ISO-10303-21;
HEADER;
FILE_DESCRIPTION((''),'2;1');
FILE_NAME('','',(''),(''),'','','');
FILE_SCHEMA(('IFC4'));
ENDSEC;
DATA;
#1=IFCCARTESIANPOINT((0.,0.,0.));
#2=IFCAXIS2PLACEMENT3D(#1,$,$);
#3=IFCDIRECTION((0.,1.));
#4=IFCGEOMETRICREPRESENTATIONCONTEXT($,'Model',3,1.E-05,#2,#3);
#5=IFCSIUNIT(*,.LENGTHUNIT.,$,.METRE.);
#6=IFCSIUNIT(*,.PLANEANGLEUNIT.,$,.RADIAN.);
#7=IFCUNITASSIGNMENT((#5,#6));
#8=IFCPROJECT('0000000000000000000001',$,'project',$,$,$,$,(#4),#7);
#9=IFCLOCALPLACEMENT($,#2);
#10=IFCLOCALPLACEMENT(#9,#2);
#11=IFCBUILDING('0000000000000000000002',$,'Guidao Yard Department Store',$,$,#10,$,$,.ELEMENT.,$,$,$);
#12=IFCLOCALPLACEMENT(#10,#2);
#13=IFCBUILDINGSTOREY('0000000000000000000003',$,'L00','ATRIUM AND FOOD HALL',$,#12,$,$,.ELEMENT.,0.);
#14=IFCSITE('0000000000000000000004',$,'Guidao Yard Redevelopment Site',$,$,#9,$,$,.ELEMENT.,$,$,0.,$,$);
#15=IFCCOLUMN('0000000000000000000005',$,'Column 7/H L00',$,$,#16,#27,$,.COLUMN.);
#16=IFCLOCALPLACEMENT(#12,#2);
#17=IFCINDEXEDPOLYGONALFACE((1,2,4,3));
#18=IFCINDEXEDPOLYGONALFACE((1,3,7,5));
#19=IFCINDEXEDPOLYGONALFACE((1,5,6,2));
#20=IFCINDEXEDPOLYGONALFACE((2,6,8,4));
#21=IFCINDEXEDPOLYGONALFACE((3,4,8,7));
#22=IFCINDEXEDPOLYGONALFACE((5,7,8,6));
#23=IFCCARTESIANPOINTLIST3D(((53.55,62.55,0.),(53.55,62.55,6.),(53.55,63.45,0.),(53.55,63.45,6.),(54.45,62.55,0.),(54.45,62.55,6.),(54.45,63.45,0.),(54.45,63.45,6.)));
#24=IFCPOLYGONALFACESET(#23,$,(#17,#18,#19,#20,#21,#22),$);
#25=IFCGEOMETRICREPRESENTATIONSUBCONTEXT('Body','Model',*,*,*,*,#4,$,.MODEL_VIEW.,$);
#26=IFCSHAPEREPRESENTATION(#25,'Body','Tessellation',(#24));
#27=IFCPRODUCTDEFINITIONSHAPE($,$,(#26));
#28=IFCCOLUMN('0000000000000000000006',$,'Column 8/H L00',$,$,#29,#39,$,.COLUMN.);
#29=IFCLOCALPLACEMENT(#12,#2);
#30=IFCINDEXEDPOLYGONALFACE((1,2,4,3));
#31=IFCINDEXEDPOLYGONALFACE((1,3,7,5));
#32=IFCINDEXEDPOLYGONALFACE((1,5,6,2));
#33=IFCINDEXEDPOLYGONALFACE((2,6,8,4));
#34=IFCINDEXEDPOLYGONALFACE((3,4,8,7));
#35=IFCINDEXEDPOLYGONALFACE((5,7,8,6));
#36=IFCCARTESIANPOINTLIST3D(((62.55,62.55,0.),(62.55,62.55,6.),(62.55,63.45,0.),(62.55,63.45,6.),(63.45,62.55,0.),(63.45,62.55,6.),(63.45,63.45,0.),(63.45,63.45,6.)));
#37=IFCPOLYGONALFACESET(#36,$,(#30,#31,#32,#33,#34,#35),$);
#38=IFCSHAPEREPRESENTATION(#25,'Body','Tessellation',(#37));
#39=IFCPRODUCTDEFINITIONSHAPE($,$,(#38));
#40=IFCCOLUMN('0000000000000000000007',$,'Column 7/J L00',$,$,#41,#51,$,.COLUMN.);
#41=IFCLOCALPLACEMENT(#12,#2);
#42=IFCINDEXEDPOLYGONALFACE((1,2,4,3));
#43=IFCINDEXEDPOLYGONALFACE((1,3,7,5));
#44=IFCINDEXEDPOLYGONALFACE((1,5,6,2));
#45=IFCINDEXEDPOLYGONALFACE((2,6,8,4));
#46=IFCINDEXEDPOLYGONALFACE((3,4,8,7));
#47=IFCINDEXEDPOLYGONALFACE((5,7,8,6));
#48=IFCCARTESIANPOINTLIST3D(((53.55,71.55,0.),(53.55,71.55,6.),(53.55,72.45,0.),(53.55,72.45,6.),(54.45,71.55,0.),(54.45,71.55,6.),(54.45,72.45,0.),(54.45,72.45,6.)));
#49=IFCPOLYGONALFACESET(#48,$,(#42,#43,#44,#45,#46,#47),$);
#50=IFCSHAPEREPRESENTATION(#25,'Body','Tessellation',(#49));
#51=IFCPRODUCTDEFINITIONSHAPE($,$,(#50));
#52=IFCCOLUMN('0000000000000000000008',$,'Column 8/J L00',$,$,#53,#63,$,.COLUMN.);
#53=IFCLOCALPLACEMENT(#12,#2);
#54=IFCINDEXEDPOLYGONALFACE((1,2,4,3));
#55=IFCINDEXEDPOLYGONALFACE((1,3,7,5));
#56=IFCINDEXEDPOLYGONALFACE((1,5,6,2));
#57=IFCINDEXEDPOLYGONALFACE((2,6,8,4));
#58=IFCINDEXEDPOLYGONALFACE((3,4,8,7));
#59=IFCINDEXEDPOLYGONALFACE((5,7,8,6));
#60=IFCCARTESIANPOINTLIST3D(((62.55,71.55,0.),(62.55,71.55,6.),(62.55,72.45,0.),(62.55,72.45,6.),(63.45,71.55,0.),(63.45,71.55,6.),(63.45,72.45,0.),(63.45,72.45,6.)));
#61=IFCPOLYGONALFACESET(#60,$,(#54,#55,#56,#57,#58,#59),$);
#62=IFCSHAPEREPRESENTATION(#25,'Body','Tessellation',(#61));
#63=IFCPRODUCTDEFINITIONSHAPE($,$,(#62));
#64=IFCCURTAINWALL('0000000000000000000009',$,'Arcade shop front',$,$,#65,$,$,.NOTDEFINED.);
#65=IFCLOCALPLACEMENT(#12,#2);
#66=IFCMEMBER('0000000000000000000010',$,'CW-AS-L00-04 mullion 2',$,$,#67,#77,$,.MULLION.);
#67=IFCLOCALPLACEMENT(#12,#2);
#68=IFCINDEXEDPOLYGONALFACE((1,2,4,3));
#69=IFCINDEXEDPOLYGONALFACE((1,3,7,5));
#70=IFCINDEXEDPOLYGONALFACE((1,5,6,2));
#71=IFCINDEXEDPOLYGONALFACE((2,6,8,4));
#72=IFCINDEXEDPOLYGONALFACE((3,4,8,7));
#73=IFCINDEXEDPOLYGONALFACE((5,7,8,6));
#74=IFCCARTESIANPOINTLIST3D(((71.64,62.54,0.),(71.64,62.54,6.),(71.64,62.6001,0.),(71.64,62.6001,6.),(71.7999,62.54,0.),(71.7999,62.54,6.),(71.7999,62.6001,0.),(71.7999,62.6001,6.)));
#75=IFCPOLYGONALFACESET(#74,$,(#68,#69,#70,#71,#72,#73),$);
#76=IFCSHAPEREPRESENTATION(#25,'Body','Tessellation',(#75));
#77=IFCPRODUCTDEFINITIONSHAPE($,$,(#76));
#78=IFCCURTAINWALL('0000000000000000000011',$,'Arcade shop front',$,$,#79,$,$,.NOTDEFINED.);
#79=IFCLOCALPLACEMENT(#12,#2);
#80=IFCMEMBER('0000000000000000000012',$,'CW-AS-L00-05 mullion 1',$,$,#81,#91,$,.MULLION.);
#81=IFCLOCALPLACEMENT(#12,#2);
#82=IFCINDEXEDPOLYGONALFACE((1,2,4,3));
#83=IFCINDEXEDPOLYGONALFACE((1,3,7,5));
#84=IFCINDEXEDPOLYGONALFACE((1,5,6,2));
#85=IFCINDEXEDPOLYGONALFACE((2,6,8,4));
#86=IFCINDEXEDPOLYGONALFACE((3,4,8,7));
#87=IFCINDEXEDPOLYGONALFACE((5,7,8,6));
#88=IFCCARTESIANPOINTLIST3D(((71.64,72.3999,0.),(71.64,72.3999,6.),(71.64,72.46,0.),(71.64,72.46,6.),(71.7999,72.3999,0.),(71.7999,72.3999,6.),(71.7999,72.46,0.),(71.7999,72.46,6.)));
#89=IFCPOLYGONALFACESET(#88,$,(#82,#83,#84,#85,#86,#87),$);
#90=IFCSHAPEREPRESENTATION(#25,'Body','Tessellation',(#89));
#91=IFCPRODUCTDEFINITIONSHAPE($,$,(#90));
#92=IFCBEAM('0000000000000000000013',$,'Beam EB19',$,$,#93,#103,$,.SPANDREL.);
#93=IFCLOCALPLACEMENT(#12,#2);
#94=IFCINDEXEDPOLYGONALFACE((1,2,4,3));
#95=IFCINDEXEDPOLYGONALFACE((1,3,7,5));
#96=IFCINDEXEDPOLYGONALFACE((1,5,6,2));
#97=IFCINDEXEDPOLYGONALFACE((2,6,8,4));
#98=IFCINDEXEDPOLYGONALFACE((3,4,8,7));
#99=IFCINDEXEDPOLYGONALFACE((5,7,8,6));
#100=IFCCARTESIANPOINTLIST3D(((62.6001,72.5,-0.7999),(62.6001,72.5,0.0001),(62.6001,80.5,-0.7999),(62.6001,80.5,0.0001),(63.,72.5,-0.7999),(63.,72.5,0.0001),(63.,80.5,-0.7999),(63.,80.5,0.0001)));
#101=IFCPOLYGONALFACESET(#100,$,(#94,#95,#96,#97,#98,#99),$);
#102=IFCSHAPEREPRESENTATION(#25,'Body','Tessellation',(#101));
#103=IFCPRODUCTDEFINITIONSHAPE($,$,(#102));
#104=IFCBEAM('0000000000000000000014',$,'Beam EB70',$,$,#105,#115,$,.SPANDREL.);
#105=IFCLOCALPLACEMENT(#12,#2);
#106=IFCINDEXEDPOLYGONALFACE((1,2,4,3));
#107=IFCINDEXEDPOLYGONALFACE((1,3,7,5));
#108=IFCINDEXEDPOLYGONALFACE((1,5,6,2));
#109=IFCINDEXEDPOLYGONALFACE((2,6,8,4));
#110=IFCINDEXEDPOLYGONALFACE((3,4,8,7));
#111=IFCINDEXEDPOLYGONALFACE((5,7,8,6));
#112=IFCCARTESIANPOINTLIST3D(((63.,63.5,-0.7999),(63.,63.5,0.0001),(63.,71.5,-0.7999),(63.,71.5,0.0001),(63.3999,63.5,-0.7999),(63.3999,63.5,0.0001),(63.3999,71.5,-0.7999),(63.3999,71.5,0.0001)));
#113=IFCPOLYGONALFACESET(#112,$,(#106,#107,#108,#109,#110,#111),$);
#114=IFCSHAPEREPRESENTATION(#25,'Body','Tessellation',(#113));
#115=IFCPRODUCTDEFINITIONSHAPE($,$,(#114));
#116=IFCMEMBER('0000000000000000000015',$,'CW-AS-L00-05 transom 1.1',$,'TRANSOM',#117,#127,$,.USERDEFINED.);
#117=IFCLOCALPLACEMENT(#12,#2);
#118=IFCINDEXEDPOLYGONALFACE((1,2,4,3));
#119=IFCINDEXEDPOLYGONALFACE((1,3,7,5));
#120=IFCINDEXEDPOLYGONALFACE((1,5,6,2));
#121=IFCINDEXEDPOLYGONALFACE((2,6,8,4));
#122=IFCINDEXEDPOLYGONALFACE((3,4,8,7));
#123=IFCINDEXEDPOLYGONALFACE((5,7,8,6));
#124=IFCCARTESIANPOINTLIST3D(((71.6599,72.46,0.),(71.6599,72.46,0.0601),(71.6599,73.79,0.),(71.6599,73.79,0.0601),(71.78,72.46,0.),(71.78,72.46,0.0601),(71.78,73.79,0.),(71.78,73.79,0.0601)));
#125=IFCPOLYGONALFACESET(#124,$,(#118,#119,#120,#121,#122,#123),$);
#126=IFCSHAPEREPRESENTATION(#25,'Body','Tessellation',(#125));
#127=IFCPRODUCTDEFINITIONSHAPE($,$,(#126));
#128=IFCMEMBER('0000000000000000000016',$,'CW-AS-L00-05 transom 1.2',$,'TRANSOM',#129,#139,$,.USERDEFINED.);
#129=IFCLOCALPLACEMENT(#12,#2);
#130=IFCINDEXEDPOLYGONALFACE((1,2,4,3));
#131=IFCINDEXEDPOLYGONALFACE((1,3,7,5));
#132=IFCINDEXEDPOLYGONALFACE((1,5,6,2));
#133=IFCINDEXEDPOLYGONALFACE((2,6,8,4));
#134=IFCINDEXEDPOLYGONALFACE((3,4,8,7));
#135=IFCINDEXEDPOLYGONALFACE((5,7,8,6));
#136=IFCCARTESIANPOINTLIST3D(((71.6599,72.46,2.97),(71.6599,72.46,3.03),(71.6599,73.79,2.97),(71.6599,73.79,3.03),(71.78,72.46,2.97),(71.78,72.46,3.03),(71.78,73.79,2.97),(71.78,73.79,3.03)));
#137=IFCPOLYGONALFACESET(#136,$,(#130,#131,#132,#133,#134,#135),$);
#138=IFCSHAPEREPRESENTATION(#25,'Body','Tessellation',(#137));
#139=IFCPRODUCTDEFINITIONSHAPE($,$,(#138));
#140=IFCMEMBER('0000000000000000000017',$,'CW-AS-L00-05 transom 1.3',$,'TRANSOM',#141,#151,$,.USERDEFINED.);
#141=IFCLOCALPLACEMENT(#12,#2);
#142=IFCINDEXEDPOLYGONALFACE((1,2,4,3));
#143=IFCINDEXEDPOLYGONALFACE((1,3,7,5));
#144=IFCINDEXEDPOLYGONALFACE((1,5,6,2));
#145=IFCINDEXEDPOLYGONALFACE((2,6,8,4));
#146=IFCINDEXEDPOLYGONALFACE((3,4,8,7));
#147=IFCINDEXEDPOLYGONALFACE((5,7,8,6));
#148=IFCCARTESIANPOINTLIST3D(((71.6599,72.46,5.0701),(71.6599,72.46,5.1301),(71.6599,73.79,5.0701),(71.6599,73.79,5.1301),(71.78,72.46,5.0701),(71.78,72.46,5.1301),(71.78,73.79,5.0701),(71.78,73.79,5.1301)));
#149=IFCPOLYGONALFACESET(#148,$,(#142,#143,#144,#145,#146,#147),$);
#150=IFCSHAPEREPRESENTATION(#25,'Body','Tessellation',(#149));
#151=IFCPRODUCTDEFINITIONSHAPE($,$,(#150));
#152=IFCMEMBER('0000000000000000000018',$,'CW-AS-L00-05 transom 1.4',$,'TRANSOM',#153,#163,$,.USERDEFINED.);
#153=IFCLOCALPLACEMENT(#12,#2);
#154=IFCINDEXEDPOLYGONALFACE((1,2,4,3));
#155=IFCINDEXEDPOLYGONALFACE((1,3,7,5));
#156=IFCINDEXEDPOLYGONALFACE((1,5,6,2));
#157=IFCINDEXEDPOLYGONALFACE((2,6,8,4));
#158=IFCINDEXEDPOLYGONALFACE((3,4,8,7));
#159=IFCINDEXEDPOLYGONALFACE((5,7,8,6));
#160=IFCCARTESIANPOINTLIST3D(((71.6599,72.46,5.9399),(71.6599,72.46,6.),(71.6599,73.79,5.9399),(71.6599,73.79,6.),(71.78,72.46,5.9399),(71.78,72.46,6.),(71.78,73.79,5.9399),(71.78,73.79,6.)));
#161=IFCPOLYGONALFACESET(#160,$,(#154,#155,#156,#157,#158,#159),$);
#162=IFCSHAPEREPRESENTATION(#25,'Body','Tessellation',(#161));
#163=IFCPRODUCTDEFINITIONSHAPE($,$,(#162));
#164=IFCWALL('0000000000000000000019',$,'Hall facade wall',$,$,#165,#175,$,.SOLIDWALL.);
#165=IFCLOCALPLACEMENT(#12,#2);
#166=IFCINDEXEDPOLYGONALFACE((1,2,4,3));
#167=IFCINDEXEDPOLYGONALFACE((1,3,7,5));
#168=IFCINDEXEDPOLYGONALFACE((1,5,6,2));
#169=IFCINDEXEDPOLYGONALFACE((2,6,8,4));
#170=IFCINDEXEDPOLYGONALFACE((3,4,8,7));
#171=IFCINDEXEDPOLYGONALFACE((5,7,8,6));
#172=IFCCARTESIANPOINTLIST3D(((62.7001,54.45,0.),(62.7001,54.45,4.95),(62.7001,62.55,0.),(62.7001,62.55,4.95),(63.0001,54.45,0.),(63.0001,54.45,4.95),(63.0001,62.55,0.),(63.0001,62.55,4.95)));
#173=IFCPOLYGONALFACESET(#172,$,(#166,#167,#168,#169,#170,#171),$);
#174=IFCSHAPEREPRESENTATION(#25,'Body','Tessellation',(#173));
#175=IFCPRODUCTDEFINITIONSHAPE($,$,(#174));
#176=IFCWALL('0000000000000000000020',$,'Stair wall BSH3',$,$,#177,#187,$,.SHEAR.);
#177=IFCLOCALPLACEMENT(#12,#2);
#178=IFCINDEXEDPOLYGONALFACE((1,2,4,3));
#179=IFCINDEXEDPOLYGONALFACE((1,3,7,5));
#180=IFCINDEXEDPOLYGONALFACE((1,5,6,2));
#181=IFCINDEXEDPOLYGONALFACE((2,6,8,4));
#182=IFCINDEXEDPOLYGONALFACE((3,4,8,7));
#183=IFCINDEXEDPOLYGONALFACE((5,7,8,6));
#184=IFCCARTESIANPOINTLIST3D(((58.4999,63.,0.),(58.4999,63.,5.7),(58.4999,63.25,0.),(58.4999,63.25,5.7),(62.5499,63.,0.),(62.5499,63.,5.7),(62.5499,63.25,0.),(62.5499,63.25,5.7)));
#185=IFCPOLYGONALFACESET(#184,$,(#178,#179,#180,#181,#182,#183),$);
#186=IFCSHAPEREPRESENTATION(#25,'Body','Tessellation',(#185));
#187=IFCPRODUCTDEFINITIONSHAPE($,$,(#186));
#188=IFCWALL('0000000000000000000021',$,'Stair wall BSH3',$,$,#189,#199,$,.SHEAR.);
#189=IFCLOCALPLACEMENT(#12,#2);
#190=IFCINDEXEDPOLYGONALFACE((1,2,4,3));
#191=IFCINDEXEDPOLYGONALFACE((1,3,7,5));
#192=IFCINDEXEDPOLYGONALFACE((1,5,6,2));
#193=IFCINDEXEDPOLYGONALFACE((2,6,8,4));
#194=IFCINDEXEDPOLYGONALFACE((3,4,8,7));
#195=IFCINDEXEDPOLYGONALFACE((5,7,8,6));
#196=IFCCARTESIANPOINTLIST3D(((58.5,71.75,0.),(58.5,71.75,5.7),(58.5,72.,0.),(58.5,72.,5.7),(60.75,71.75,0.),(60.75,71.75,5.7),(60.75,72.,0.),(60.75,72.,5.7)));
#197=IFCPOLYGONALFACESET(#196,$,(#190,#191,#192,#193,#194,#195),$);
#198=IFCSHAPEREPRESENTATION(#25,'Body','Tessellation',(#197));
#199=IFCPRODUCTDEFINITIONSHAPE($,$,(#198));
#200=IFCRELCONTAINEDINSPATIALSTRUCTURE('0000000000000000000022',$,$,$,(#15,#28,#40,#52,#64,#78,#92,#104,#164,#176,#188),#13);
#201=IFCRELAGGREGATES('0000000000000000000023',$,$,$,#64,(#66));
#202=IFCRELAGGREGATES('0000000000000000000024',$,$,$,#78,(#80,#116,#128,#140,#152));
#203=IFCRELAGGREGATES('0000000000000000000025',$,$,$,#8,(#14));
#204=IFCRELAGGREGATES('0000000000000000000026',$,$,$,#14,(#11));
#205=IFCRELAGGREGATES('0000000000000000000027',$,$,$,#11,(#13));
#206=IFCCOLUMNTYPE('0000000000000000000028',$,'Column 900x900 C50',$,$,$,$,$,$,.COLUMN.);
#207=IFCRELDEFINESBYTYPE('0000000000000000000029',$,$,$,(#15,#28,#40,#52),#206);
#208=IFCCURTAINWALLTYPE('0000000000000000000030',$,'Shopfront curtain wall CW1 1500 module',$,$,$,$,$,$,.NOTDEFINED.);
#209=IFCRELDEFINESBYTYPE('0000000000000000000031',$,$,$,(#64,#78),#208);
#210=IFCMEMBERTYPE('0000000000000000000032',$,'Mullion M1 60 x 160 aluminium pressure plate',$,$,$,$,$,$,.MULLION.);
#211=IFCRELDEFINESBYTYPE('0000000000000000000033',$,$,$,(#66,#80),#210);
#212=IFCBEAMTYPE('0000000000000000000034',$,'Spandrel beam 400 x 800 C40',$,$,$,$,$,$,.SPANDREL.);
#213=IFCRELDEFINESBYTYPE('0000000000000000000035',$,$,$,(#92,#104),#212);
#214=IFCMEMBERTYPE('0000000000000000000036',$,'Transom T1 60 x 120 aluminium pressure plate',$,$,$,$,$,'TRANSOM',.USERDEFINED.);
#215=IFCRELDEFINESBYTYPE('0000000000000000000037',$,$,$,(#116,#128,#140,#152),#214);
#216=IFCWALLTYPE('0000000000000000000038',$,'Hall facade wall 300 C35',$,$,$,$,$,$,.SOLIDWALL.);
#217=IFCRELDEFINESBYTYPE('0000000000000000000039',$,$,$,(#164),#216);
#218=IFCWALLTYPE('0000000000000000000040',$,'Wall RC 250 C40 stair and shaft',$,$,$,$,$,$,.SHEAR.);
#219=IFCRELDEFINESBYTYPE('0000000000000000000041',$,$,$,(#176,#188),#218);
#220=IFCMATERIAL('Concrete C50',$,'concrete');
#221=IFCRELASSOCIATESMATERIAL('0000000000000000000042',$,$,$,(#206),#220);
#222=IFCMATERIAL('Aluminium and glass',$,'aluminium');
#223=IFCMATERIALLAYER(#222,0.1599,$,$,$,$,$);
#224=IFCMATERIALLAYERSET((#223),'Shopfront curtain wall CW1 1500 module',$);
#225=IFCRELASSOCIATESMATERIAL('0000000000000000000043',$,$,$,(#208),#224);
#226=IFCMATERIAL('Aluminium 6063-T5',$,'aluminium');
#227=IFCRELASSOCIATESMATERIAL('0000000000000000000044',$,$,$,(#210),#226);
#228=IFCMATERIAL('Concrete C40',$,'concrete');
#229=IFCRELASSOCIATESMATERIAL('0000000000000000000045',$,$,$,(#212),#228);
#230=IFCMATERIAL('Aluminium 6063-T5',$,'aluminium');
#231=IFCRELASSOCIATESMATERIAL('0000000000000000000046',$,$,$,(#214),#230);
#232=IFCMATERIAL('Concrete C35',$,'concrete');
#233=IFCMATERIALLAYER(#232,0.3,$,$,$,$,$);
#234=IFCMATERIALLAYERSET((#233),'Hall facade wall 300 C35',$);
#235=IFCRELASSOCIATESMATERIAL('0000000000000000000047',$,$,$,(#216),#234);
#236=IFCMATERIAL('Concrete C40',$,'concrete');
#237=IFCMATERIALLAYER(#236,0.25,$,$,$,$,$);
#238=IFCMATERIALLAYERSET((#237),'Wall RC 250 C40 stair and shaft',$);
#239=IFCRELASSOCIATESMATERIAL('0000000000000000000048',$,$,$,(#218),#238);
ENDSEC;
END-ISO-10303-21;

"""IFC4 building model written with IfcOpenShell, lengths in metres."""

from ifc_helpers import new_model, si_unit, direction, frame, frame_2d, origin, origin_2d, place, context, subcontext, project, spatial, rectangle, extrude, material, layer, layer_set, material_profile, profile_set, type_object, element, aggregate, save


model = new_model("IFC4")

# Units and contexts
model_context = context("Model", 3, precision=1e-05, world=origin(), true_north=direction((0.0, 1.0)))
body_context = subcontext(model_context, "Body", "Model", "MODEL_VIEW")
ifc_project = project(units=[si_unit("LENGTHUNIT", "METRE"), si_unit("PLANEANGLEUNIT", "RADIAN")], contexts=[model_context])

# Site, building, storey
site_placement = place(None, origin())
site = spatial("IfcSite", under=ifc_project, at=site_placement, Name="Guidao Yard Redevelopment Site", CompositionType="ELEMENT", RefElevation=0.0)
building_placement = place(site_placement, origin())
building = spatial("IfcBuilding", under=site, at=building_placement, Name="Guidao Yard Department Store", CompositionType="ELEMENT")
storey_placement = place(building_placement, origin())
storey = spatial("IfcBuildingStorey", under=building, at=storey_placement, Name="L00", Description="ATRIUM AND FOOD HALL", CompositionType="ELEMENT", Elevation=0.0)

# Columns
ifc_material_1 = material(Name="Concrete C50", Category="concrete")
ifc_material_profile_1 = material_profile(ifc_material_1, rectangle(XDim=0.8999, YDim=0.8999, at=origin_2d()), Name="COL 900x900")
ifc_profile_set_1 = profile_set([ifc_material_profile_1], Name="Concrete C50")
column_type = type_object("IfcColumnType", Name="Column 900x900 C50", PredefinedType="COLUMN", material=ifc_profile_set_1)
for number, where, z_axis, x_axis, name in (
    (1, (54.0, 63.0, 0.0), (0.0, 0.0, 1.0), (1.0, 0.0, 0.0), "Column 7/H L00"),
    (2, (63.0, 63.0, 0.0), (0.0, 0.0, 1.0), (1.0, 0.0, 0.0), "Column 8/H L00"),
    (3, (54.0, 72.0, 0.0), (0.0, 0.0, 1.0), (1.0, 0.0, 0.0), "Column 7/J L00"),
    (4, (63.0, 72.0, 0.0), (0.0, 0.0, 1.0), (1.0, 0.0, 0.0), "Column 8/J L00"),
):
    element("IfcColumn", number, at=place(storey_placement, frame(where, z_axis=z_axis, x_axis=x_axis)), inside=storey, type_object=column_type, Name=name, PredefinedType="COLUMN", context=body_context, shape_type="SweptSolid", body=[
        extrude(rectangle(XDim=0.8999, YDim=0.8999, at=origin_2d()), origin(), (0.0, 0.0, 1.0), 6.0),
    ])

# Curtain walls, members
ifc_material_2 = material(Name="Aluminium and glass", Category="aluminium")
ifc_layer_1 = layer(ifc_material_2, 0.1599)
ifc_layer_set_1 = layer_set([ifc_layer_1], Name="Shopfront curtain wall CW1 1500 module")
curtain_wall_type = type_object("IfcCurtainWallType", Name="Shopfront curtain wall CW1 1500 module", PredefinedType="NOTDEFINED", material=ifc_layer_set_1)
curtain_wall_1_placement = place(storey_placement, origin())
curtain_wall_1 = element("IfcCurtainWall", 5, at=curtain_wall_1_placement, inside=storey, type_object=curtain_wall_type, Name="Arcade shop front", PredefinedType="NOTDEFINED")
ifc_material_3 = material(Name="Aluminium 6063-T5", Category="aluminium")
ifc_material_profile_2 = material_profile(ifc_material_3, rectangle(XDim=0.0601, YDim=0.1599, at=origin_2d()), Name="Mullion M1 60 x 160 aluminium pressure plate")
ifc_profile_set_2 = profile_set([ifc_material_profile_2], Name="Aluminium 6063-T5")
member_type_1 = type_object("IfcMemberType", Name="Mullion M1 60 x 160 aluminium pressure plate", PredefinedType="MULLION", material=ifc_profile_set_2)
member_1_placement = place(storey_placement, frame((71.72, 62.5701, 0.0), z_axis=(0.0, 0.0, 1.0), x_axis=(0.0, 1.0, 0.0)))
member_1 = element("IfcMember", 6, at=member_1_placement, type_object=member_type_1, Name="CW-AS-L00-04 mullion 2", PredefinedType="MULLION", context=body_context, shape_type="SweptSolid", body=[
    extrude(rectangle(XDim=0.0601, YDim=0.1599, at=origin_2d()), origin(), (0.0, 0.0, 1.0), 6.0),
])
aggregate(curtain_wall_1, [member_1])
curtain_wall_2_placement = place(storey_placement, origin())
curtain_wall_2 = element("IfcCurtainWall", 7, at=curtain_wall_2_placement, inside=storey, type_object=curtain_wall_type, Name="Arcade shop front", PredefinedType="NOTDEFINED")
member_2_placement = place(storey_placement, frame((71.72, 72.4299, 0.0), z_axis=(0.0, 0.0, 1.0), x_axis=(0.0, 1.0, 0.0)))
member_2 = element("IfcMember", 8, at=member_2_placement, type_object=member_type_1, Name="CW-AS-L00-05 mullion 1", PredefinedType="MULLION", context=body_context, shape_type="SweptSolid", body=[
    extrude(rectangle(XDim=0.0601, YDim=0.1599, at=origin_2d()), origin(), (0.0, 0.0, 1.0), 6.0),
])

# Beams
ifc_material_4 = material(Name="Concrete C40", Category="concrete")
ifc_material_profile_3 = material_profile(ifc_material_4, rectangle(XDim=0.3999, YDim=0.8, at=origin_2d()), Name="Spandrel beam 400 x 800 C40")
ifc_profile_set_3 = profile_set([ifc_material_profile_3], Name="Concrete C40")
beam_type = type_object("IfcBeamType", Name="Spandrel beam 400 x 800 C40", PredefinedType="SPANDREL", material=ifc_profile_set_3)
for number, where, z_axis, x_axis, name in (
    (9, (62.8, 72.5, -0.3999), (0.0, 1.0, 0.0), (-1.0, 0.0, 0.0), "Beam EB19"),
    (10, (63.2, 63.5, -0.3999), (0.0, 1.0, 0.0), (-1.0, 0.0, 0.0), "Beam EB70"),
):
    element("IfcBeam", number, at=place(storey_placement, frame(where, z_axis=z_axis, x_axis=x_axis)), inside=storey, type_object=beam_type, Name=name, PredefinedType="SPANDREL", context=body_context, shape_type="SweptSolid", body=[
        extrude(rectangle(XDim=0.3999, YDim=0.8, at=origin_2d()), origin(), (0.0, 0.0, 1.0), 8.0),
    ])

# Members
ifc_material_5 = material(Name="Aluminium 6063-T5", Category="aluminium")
ifc_material_profile_4 = material_profile(ifc_material_5, rectangle(XDim=0.1201, YDim=0.0601, at=origin_2d()), Name="Transom T1 60 x 120 aluminium pressure plate")
ifc_profile_set_4 = profile_set([ifc_material_profile_4], Name="Aluminium 6063-T5")
member_type_2 = type_object("IfcMemberType", Name="Transom T1 60 x 120 aluminium pressure plate", ElementType="TRANSOM", PredefinedType="USERDEFINED", material=ifc_profile_set_4)
member_3_placement = place(storey_placement, frame((71.72, 72.46, 0.03), z_axis=(0.0, 1.0, 0.0), x_axis=(-1.0, 0.0, 0.0)))
member_3 = element("IfcMember", 11, at=member_3_placement, type_object=member_type_2, Name="CW-AS-L00-05 transom 1.1", ObjectType="TRANSOM", PredefinedType="USERDEFINED", context=body_context, shape_type="SweptSolid", body=[
    extrude(rectangle(XDim=0.1201, YDim=0.0601, at=origin_2d()), origin(), (0.0, 0.0, 1.0), 1.3301),
])
member_4_placement = place(storey_placement, frame((71.72, 72.46, 3.0), z_axis=(0.0, 1.0, 0.0), x_axis=(-1.0, 0.0, 0.0)))
member_4 = element("IfcMember", 12, at=member_4_placement, type_object=member_type_2, Name="CW-AS-L00-05 transom 1.2", ObjectType="TRANSOM", PredefinedType="USERDEFINED", context=body_context, shape_type="SweptSolid", body=[
    extrude(rectangle(XDim=0.1201, YDim=0.0601, at=origin_2d()), origin(), (0.0, 0.0, 1.0), 1.3301),
])
member_5_placement = place(storey_placement, frame((71.72, 72.46, 5.1001), z_axis=(0.0, 1.0, 0.0), x_axis=(-1.0, 0.0, 0.0)))
member_5 = element("IfcMember", 13, at=member_5_placement, type_object=member_type_2, Name="CW-AS-L00-05 transom 1.3", ObjectType="TRANSOM", PredefinedType="USERDEFINED", context=body_context, shape_type="SweptSolid", body=[
    extrude(rectangle(XDim=0.1201, YDim=0.0601, at=origin_2d()), origin(), (0.0, 0.0, 1.0), 1.3301),
])
member_6_placement = place(storey_placement, frame((71.72, 72.46, 5.97), z_axis=(0.0, 1.0, 0.0), x_axis=(-1.0, 0.0, 0.0)))
member_6 = element("IfcMember", 14, at=member_6_placement, type_object=member_type_2, Name="CW-AS-L00-05 transom 1.4", ObjectType="TRANSOM", PredefinedType="USERDEFINED", context=body_context, shape_type="SweptSolid", body=[
    extrude(rectangle(XDim=0.1201, YDim=0.0601, at=origin_2d()), origin(), (0.0, 0.0, 1.0), 1.3301),
])
aggregate(curtain_wall_2, [member_2, member_3, member_4, member_5, member_6])

# Walls
ifc_material_6 = material(Name="Concrete C35", Category="concrete")
ifc_layer_2 = layer(ifc_material_6, 0.3)
ifc_layer_set_2 = layer_set([ifc_layer_2], Name="Hall facade wall 300 C35")
wall_type_1 = type_object("IfcWallType", Name="Hall facade wall 300 C35", PredefinedType="SOLIDWALL", material=ifc_layer_set_2)
wall_1_placement = place(storey_placement, frame((62.8501, 62.55, 0.0), z_axis=(0.0, 0.0, 1.0), x_axis=(0.0, -1.0, 0.0)))
element("IfcWall", 15, at=wall_1_placement, inside=storey, type_object=wall_type_1, Name="Hall facade wall", PredefinedType="SOLIDWALL", context=body_context, shape_type="SweptSolid", body=[
    extrude(rectangle(XDim=8.1001, YDim=0.3, at=frame_2d((4.05, 0.0))), origin(), (0.0, 0.0, 1.0), 4.95),
])
ifc_material_7 = material(Name="Concrete C40", Category="concrete")
ifc_layer_3 = layer(ifc_material_7, 0.25)
ifc_layer_set_3 = layer_set([ifc_layer_3], Name="Wall RC 250 C40 stair and shaft")
wall_type_2 = type_object("IfcWallType", Name="Wall RC 250 C40 stair and shaft", PredefinedType="SHEAR", material=ifc_layer_set_3)
wall_2_placement = place(storey_placement, frame((58.5, 63.125, 0.0), z_axis=(0.0, 0.0, 1.0), x_axis=(1.0, 0.0, 0.0)))
element("IfcWall", 16, at=wall_2_placement, inside=storey, type_object=wall_type_2, Name="Stair wall BSH3", PredefinedType="SHEAR", context=body_context, shape_type="SweptSolid", body=[
    extrude(rectangle(XDim=4.05, YDim=0.25, at=frame_2d((2.0249, 0.0))), origin(), (0.0, 0.0, 1.0), 5.7),
])
wall_3_placement = place(storey_placement, frame((58.5, 71.875, 0.0), z_axis=(0.0, 0.0, 1.0), x_axis=(1.0, 0.0, 0.0)))
element("IfcWall", 17, at=wall_3_placement, inside=storey, type_object=wall_type_2, Name="Stair wall BSH3", PredefinedType="SHEAR", context=body_context, shape_type="SweptSolid", body=[
    extrude(rectangle(XDim=2.25, YDim=0.25, at=frame_2d((1.125, 0.0))), origin(), (0.0, 0.0, 1.0), 5.7),
])

save(model, "model.ifc")
